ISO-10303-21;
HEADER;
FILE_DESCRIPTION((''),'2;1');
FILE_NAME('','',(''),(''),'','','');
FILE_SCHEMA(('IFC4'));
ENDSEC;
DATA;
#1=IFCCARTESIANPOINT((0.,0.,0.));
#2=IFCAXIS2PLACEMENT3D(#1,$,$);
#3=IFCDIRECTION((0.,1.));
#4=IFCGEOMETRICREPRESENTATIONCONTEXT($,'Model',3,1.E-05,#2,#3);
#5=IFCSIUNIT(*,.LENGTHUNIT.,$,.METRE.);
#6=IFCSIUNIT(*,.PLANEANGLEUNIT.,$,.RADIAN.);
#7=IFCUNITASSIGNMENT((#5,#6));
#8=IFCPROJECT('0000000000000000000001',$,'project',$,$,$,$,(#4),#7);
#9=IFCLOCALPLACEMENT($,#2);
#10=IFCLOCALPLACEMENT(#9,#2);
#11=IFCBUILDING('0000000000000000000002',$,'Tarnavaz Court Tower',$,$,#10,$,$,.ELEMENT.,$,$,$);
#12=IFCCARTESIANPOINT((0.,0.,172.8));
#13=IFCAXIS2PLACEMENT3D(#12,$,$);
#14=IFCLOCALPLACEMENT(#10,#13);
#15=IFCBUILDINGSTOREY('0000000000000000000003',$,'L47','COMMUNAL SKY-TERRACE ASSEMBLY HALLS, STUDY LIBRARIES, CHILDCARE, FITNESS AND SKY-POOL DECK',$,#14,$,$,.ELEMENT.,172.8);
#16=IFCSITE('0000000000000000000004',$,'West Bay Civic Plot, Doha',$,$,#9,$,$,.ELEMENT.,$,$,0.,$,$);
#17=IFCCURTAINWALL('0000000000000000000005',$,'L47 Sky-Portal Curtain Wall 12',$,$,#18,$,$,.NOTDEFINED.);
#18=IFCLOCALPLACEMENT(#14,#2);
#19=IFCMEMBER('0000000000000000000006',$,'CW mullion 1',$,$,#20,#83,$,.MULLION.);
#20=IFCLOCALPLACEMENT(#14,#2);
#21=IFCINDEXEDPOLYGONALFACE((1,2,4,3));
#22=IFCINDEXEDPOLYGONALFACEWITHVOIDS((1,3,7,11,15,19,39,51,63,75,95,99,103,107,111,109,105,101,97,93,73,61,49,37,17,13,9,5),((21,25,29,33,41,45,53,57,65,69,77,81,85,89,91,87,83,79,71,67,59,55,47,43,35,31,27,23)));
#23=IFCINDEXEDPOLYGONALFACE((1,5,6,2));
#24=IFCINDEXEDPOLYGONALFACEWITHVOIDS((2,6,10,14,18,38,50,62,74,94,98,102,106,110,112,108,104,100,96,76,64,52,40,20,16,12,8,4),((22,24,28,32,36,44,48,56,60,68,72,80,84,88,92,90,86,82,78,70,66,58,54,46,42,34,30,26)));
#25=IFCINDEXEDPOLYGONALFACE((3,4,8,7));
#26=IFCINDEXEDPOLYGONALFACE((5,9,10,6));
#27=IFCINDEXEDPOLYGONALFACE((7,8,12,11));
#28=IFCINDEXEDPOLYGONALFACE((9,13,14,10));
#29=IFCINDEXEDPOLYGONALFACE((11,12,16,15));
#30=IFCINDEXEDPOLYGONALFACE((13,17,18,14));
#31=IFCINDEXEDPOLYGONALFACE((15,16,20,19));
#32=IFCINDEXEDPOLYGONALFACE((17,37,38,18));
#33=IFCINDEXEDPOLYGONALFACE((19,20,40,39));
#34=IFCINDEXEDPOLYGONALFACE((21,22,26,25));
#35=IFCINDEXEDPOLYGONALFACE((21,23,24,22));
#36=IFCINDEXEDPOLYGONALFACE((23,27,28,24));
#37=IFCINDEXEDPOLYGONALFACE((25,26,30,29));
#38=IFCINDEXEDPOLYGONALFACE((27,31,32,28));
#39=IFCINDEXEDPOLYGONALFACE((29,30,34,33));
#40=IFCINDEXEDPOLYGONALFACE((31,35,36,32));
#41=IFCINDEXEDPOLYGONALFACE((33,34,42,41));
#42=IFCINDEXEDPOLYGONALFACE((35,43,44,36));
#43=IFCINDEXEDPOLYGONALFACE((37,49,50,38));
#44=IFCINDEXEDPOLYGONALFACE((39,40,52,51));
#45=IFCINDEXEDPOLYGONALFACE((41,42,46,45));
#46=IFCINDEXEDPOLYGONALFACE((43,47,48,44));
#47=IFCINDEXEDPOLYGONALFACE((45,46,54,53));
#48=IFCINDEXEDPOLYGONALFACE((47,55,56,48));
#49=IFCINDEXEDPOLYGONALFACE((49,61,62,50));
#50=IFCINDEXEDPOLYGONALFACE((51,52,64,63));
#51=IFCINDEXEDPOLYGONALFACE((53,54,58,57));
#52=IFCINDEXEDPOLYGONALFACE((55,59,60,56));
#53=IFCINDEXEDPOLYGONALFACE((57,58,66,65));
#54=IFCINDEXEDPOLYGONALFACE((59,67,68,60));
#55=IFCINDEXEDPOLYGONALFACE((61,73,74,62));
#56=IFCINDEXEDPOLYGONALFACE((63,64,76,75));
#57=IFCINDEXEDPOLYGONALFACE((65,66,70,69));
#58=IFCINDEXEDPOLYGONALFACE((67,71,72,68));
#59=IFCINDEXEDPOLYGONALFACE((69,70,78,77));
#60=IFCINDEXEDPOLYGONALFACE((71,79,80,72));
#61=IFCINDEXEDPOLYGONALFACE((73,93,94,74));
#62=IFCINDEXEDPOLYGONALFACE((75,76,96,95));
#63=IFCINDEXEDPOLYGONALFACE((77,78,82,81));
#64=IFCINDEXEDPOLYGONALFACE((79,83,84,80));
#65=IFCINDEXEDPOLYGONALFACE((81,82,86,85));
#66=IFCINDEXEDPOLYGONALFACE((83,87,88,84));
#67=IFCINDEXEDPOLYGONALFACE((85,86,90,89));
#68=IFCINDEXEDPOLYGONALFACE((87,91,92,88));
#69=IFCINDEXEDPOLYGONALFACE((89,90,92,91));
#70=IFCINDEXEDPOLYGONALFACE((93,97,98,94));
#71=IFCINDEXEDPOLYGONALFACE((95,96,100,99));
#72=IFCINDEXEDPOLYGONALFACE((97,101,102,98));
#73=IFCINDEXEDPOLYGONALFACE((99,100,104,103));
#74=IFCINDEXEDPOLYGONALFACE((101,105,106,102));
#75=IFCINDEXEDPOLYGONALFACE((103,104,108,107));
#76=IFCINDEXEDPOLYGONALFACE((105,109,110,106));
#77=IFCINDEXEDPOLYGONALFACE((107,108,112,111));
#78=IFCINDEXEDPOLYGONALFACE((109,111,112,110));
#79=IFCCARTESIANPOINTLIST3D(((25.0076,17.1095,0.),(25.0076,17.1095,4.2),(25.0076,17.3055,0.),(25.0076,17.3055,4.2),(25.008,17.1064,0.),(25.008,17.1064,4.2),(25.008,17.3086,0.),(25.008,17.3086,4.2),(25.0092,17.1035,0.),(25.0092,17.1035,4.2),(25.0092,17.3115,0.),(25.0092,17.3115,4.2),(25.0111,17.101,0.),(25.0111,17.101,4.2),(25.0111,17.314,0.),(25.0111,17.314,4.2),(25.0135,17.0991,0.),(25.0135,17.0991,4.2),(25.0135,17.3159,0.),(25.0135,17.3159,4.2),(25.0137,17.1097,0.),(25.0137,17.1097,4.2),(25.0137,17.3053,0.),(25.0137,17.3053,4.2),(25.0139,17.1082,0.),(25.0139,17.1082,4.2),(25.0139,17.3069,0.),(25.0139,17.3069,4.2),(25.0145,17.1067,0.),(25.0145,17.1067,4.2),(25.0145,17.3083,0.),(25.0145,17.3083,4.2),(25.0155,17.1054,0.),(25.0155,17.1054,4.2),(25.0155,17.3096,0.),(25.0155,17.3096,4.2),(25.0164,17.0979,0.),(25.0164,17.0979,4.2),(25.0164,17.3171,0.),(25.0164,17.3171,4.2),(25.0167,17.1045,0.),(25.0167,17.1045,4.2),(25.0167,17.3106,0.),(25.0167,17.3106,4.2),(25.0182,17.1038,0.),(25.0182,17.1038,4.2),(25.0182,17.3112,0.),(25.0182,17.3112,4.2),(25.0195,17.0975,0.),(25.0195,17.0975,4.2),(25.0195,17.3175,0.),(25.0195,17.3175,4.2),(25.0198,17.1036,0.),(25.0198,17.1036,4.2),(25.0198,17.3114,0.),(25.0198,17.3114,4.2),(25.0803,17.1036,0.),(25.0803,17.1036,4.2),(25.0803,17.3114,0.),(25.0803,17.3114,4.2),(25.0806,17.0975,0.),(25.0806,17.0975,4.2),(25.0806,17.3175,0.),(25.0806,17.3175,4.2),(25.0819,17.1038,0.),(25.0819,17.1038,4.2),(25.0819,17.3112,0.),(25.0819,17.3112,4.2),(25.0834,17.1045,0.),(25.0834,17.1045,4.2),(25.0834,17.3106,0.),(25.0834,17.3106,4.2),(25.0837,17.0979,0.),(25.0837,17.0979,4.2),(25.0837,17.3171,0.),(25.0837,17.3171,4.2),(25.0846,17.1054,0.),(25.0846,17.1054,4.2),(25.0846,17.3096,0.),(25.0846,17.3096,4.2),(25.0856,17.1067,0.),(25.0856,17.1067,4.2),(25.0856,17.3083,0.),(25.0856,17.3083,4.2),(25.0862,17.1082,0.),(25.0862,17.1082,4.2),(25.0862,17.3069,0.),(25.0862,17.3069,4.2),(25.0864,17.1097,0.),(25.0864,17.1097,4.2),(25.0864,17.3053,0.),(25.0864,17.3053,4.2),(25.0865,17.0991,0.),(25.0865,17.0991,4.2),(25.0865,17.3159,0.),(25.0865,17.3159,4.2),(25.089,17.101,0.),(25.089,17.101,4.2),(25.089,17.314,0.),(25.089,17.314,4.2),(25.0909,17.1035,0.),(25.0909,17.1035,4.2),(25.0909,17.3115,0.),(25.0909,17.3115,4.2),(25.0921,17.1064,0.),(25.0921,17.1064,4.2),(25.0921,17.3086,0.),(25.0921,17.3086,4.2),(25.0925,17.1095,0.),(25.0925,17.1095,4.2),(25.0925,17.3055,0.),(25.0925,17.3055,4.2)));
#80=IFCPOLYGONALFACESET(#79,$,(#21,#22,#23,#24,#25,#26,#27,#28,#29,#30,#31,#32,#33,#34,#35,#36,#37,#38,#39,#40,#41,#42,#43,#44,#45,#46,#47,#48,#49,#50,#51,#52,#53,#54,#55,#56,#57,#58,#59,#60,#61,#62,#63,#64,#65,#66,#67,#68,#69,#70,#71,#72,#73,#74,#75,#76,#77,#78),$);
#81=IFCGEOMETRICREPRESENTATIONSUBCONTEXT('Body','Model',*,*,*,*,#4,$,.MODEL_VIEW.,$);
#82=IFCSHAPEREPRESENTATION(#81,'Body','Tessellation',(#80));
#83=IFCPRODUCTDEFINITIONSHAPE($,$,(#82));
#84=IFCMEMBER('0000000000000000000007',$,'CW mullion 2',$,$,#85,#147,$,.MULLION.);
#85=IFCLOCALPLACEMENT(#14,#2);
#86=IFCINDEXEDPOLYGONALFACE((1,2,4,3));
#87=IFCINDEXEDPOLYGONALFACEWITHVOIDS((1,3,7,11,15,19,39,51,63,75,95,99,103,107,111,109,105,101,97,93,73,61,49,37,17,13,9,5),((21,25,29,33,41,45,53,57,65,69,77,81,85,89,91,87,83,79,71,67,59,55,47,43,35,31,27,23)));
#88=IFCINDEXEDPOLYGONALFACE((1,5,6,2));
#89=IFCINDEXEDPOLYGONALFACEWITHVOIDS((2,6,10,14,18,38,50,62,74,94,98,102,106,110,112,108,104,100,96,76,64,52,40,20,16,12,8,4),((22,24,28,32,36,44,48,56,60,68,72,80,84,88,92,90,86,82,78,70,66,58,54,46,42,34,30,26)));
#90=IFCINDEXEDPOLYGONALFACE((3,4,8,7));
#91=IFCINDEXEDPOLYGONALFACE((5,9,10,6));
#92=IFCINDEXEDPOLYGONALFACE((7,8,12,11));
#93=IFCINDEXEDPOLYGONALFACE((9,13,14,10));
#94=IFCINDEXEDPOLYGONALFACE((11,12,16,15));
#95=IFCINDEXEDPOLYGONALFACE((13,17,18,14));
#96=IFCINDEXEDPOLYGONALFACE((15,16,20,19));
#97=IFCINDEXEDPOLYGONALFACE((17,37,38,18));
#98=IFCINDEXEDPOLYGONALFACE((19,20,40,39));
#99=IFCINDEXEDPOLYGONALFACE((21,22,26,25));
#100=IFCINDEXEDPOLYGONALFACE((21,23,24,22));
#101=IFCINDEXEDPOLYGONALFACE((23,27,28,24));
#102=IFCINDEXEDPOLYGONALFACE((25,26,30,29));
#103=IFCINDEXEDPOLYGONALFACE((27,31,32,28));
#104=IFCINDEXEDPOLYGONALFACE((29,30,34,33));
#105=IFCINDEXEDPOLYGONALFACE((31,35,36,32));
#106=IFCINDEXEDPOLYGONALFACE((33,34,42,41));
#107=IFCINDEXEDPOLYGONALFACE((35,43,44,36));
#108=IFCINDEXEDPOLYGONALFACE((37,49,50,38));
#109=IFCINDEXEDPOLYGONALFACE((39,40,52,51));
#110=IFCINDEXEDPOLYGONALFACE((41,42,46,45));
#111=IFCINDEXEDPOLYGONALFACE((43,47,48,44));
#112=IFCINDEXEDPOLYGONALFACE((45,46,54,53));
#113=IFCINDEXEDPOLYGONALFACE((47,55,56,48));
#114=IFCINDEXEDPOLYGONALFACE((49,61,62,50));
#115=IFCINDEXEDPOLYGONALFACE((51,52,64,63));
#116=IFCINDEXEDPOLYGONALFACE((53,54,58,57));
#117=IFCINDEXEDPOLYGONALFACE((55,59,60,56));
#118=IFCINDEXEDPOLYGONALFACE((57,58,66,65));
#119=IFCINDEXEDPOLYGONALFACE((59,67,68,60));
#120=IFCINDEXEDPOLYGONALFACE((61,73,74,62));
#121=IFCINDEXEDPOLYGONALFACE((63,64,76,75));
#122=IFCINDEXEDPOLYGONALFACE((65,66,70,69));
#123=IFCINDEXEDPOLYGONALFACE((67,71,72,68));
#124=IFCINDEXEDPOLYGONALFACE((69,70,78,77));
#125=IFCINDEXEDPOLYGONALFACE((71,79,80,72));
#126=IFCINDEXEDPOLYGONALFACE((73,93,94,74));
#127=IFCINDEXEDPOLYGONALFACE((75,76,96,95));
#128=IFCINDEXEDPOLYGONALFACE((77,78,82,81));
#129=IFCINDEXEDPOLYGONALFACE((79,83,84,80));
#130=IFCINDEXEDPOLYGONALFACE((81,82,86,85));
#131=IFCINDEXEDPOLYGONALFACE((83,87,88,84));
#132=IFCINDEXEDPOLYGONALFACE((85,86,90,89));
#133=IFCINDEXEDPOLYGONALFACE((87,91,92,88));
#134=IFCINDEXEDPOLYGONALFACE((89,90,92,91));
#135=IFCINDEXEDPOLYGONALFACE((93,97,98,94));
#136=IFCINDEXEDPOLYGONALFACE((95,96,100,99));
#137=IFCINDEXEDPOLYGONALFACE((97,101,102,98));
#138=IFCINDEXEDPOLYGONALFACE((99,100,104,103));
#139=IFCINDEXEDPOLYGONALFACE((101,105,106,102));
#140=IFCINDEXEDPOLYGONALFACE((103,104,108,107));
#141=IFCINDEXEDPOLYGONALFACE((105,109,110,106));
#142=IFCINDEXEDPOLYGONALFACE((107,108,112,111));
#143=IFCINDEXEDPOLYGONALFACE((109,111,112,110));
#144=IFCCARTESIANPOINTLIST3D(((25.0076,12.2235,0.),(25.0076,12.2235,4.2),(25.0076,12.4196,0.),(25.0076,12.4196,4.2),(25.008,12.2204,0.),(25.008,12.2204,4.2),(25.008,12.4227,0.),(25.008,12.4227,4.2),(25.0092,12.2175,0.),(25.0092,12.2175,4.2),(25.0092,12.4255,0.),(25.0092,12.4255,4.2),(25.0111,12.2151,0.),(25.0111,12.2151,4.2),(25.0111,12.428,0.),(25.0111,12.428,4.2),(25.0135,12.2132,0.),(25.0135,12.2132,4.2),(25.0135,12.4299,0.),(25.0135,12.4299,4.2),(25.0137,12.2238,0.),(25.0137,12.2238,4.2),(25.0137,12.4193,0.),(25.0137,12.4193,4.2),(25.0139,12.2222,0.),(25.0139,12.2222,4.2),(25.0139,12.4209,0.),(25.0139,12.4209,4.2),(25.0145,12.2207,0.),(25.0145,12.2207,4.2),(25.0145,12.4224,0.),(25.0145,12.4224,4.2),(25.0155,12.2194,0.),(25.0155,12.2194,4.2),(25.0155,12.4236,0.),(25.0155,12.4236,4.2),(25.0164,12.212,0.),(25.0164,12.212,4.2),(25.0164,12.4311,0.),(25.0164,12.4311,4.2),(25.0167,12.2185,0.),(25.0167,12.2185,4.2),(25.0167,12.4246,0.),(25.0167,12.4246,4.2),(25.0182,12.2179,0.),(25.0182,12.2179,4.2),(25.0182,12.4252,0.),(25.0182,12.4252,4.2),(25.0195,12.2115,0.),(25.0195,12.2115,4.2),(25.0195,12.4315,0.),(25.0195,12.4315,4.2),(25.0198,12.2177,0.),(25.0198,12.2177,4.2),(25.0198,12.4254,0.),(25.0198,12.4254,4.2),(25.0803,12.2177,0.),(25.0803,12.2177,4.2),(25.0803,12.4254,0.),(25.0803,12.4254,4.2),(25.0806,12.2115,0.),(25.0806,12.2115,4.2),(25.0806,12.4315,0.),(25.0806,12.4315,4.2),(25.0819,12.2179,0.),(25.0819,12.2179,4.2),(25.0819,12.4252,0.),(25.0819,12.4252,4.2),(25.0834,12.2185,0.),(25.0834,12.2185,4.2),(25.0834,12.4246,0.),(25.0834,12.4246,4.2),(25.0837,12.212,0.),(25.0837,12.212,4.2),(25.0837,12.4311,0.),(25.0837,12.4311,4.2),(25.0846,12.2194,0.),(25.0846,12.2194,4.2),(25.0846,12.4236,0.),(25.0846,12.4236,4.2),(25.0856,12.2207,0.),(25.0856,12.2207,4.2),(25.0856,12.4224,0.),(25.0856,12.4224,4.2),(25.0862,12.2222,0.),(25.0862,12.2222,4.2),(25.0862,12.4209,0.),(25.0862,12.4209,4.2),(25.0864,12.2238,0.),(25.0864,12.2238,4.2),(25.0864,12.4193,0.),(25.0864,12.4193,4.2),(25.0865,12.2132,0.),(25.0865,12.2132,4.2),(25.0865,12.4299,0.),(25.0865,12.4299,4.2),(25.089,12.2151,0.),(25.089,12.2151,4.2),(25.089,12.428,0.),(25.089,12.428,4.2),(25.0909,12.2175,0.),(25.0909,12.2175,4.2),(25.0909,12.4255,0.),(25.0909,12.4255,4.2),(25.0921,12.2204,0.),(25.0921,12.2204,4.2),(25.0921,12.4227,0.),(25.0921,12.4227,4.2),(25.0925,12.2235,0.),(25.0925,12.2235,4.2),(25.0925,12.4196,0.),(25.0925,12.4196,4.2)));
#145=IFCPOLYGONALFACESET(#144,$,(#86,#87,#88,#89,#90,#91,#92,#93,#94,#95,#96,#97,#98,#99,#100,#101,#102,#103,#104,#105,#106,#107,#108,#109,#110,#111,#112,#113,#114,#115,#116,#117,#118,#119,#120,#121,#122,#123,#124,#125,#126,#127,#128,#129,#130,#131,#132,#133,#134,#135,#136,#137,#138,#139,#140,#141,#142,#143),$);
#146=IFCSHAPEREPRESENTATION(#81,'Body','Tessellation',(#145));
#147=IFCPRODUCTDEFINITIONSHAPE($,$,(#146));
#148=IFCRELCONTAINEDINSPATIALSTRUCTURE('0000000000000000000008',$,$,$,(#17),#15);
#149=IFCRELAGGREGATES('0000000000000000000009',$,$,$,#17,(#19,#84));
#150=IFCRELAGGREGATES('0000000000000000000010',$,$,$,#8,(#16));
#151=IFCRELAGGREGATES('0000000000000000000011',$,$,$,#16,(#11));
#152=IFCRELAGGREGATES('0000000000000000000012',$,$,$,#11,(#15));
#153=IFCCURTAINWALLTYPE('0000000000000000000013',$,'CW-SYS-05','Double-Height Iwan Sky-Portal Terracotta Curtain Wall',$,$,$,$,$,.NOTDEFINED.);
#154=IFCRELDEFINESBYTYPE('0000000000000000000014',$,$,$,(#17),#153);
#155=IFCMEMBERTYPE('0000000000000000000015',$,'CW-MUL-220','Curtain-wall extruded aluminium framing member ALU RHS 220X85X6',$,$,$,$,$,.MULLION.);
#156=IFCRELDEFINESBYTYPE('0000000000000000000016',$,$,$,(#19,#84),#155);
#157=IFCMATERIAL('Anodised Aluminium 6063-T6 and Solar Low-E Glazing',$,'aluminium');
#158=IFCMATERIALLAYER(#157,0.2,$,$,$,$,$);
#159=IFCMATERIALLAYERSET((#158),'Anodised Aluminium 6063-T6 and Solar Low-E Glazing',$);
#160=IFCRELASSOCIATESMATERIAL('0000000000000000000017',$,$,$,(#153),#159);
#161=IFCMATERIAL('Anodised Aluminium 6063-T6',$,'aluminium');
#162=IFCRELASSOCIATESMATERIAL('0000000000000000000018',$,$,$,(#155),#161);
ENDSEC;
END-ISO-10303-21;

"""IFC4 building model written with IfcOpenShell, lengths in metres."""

from ifc_helpers import new_model, si_unit, direction, frame, origin, origin_2d, place, context, subcontext, project, spatial, hollow_rectangle, extrude, material, layer, layer_set, material_profile, profile_set, type_object, element, aggregate, save


model = new_model("IFC4")

# Units and contexts
model_context = context("Model", 3, precision=1e-05, world=origin(), true_north=direction((0.0, 1.0)))
body_context = subcontext(model_context, "Body", "Model", "MODEL_VIEW")
ifc_project = project(units=[si_unit("LENGTHUNIT", "METRE"), si_unit("PLANEANGLEUNIT", "RADIAN")], contexts=[model_context])

# Site, building, storey
site_placement = place(None, origin())
site = spatial("IfcSite", under=ifc_project, at=site_placement, Name="West Bay Civic Plot, Doha", CompositionType="ELEMENT", RefElevation=0.0)
building_placement = place(site_placement, origin())
building = spatial("IfcBuilding", under=site, at=building_placement, Name="Tarnavaz Court Tower", CompositionType="ELEMENT")
storey_placement = place(building_placement, frame((0.0, 0.0, 172.8)))
storey = spatial("IfcBuildingStorey", under=building, at=storey_placement, Name="L47", Description="COMMUNAL SKY-TERRACE ASSEMBLY HALLS, STUDY LIBRARIES, CHILDCARE, FITNESS AND SKY-POOL DECK", CompositionType="ELEMENT", Elevation=172.8)

# Curtain wall, members
ifc_material_1 = material(Name="Anodised Aluminium 6063-T6 and Solar Low-E Glazing", Category="aluminium")
ifc_layer_1 = layer(ifc_material_1, 0.2)
ifc_layer_set_1 = layer_set([ifc_layer_1], Name="Anodised Aluminium 6063-T6 and Solar Low-E Glazing")
curtain_wall_type = type_object("IfcCurtainWallType", Name="CW-SYS-05", Description="Double-Height Iwan Sky-Portal Terracotta Curtain Wall", PredefinedType="NOTDEFINED", material=ifc_layer_set_1)
curtain_wall_placement = place(storey_placement, origin())
curtain_wall = element("IfcCurtainWall", 1, at=curtain_wall_placement, inside=storey, type_object=curtain_wall_type, Name="L47 Sky-Portal Curtain Wall 12", PredefinedType="NOTDEFINED")
ifc_material_2 = material(Name="Anodised Aluminium 6063-T6", Category="aluminium")
ifc_material_profile_1 = material_profile(ifc_material_2, hollow_rectangle(XDim=0.085, YDim=0.22, WallThickness=0.0061, InnerFilletRadius=0.0061, OuterFilletRadius=0.012, at=origin_2d()), Name="ALU RHS 220X85X6")
ifc_profile_set_1 = profile_set([ifc_material_profile_1], Name="Anodised Aluminium 6063-T6")
member_type_1 = type_object("IfcMemberType", Name="CW-MUL-220", Description="Curtain-wall extruded aluminium framing member ALU RHS 220X85X6", PredefinedType="MULLION", material=ifc_profile_set_1)
member_1_placement = place(storey_placement, frame((25.05, 17.2075, 0.0), z_axis=(0.0, 0.0, 1.0), x_axis=(1.0, 0.0, 0.0)))
member_1 = element("IfcMember", 2, at=member_1_placement, type_object=member_type_1, Name="CW mullion 1", PredefinedType="MULLION", context=body_context, shape_type="SweptSolid", body=[
    extrude(hollow_rectangle(XDim=0.085, YDim=0.22, WallThickness=0.0061, InnerFilletRadius=0.0061, OuterFilletRadius=0.012, at=origin_2d()), origin(), (0.0, 0.0, 1.0), 4.2),
])
member_2_placement = place(storey_placement, frame((25.05, 12.3215, 0.0), z_axis=(0.0, 0.0, 1.0), x_axis=(1.0, 0.0, 0.0)))
member_2 = element("IfcMember", 3, at=member_2_placement, type_object=member_type_1, Name="CW mullion 2", PredefinedType="MULLION", context=body_context, shape_type="SweptSolid", body=[
    extrude(hollow_rectangle(XDim=0.085, YDim=0.22, WallThickness=0.0061, InnerFilletRadius=0.0061, OuterFilletRadius=0.012, at=origin_2d()), origin(), (0.0, 0.0, 1.0), 4.2),
])
aggregate(curtain_wall, [member_1, member_2])

save(model, "model.ifc")
